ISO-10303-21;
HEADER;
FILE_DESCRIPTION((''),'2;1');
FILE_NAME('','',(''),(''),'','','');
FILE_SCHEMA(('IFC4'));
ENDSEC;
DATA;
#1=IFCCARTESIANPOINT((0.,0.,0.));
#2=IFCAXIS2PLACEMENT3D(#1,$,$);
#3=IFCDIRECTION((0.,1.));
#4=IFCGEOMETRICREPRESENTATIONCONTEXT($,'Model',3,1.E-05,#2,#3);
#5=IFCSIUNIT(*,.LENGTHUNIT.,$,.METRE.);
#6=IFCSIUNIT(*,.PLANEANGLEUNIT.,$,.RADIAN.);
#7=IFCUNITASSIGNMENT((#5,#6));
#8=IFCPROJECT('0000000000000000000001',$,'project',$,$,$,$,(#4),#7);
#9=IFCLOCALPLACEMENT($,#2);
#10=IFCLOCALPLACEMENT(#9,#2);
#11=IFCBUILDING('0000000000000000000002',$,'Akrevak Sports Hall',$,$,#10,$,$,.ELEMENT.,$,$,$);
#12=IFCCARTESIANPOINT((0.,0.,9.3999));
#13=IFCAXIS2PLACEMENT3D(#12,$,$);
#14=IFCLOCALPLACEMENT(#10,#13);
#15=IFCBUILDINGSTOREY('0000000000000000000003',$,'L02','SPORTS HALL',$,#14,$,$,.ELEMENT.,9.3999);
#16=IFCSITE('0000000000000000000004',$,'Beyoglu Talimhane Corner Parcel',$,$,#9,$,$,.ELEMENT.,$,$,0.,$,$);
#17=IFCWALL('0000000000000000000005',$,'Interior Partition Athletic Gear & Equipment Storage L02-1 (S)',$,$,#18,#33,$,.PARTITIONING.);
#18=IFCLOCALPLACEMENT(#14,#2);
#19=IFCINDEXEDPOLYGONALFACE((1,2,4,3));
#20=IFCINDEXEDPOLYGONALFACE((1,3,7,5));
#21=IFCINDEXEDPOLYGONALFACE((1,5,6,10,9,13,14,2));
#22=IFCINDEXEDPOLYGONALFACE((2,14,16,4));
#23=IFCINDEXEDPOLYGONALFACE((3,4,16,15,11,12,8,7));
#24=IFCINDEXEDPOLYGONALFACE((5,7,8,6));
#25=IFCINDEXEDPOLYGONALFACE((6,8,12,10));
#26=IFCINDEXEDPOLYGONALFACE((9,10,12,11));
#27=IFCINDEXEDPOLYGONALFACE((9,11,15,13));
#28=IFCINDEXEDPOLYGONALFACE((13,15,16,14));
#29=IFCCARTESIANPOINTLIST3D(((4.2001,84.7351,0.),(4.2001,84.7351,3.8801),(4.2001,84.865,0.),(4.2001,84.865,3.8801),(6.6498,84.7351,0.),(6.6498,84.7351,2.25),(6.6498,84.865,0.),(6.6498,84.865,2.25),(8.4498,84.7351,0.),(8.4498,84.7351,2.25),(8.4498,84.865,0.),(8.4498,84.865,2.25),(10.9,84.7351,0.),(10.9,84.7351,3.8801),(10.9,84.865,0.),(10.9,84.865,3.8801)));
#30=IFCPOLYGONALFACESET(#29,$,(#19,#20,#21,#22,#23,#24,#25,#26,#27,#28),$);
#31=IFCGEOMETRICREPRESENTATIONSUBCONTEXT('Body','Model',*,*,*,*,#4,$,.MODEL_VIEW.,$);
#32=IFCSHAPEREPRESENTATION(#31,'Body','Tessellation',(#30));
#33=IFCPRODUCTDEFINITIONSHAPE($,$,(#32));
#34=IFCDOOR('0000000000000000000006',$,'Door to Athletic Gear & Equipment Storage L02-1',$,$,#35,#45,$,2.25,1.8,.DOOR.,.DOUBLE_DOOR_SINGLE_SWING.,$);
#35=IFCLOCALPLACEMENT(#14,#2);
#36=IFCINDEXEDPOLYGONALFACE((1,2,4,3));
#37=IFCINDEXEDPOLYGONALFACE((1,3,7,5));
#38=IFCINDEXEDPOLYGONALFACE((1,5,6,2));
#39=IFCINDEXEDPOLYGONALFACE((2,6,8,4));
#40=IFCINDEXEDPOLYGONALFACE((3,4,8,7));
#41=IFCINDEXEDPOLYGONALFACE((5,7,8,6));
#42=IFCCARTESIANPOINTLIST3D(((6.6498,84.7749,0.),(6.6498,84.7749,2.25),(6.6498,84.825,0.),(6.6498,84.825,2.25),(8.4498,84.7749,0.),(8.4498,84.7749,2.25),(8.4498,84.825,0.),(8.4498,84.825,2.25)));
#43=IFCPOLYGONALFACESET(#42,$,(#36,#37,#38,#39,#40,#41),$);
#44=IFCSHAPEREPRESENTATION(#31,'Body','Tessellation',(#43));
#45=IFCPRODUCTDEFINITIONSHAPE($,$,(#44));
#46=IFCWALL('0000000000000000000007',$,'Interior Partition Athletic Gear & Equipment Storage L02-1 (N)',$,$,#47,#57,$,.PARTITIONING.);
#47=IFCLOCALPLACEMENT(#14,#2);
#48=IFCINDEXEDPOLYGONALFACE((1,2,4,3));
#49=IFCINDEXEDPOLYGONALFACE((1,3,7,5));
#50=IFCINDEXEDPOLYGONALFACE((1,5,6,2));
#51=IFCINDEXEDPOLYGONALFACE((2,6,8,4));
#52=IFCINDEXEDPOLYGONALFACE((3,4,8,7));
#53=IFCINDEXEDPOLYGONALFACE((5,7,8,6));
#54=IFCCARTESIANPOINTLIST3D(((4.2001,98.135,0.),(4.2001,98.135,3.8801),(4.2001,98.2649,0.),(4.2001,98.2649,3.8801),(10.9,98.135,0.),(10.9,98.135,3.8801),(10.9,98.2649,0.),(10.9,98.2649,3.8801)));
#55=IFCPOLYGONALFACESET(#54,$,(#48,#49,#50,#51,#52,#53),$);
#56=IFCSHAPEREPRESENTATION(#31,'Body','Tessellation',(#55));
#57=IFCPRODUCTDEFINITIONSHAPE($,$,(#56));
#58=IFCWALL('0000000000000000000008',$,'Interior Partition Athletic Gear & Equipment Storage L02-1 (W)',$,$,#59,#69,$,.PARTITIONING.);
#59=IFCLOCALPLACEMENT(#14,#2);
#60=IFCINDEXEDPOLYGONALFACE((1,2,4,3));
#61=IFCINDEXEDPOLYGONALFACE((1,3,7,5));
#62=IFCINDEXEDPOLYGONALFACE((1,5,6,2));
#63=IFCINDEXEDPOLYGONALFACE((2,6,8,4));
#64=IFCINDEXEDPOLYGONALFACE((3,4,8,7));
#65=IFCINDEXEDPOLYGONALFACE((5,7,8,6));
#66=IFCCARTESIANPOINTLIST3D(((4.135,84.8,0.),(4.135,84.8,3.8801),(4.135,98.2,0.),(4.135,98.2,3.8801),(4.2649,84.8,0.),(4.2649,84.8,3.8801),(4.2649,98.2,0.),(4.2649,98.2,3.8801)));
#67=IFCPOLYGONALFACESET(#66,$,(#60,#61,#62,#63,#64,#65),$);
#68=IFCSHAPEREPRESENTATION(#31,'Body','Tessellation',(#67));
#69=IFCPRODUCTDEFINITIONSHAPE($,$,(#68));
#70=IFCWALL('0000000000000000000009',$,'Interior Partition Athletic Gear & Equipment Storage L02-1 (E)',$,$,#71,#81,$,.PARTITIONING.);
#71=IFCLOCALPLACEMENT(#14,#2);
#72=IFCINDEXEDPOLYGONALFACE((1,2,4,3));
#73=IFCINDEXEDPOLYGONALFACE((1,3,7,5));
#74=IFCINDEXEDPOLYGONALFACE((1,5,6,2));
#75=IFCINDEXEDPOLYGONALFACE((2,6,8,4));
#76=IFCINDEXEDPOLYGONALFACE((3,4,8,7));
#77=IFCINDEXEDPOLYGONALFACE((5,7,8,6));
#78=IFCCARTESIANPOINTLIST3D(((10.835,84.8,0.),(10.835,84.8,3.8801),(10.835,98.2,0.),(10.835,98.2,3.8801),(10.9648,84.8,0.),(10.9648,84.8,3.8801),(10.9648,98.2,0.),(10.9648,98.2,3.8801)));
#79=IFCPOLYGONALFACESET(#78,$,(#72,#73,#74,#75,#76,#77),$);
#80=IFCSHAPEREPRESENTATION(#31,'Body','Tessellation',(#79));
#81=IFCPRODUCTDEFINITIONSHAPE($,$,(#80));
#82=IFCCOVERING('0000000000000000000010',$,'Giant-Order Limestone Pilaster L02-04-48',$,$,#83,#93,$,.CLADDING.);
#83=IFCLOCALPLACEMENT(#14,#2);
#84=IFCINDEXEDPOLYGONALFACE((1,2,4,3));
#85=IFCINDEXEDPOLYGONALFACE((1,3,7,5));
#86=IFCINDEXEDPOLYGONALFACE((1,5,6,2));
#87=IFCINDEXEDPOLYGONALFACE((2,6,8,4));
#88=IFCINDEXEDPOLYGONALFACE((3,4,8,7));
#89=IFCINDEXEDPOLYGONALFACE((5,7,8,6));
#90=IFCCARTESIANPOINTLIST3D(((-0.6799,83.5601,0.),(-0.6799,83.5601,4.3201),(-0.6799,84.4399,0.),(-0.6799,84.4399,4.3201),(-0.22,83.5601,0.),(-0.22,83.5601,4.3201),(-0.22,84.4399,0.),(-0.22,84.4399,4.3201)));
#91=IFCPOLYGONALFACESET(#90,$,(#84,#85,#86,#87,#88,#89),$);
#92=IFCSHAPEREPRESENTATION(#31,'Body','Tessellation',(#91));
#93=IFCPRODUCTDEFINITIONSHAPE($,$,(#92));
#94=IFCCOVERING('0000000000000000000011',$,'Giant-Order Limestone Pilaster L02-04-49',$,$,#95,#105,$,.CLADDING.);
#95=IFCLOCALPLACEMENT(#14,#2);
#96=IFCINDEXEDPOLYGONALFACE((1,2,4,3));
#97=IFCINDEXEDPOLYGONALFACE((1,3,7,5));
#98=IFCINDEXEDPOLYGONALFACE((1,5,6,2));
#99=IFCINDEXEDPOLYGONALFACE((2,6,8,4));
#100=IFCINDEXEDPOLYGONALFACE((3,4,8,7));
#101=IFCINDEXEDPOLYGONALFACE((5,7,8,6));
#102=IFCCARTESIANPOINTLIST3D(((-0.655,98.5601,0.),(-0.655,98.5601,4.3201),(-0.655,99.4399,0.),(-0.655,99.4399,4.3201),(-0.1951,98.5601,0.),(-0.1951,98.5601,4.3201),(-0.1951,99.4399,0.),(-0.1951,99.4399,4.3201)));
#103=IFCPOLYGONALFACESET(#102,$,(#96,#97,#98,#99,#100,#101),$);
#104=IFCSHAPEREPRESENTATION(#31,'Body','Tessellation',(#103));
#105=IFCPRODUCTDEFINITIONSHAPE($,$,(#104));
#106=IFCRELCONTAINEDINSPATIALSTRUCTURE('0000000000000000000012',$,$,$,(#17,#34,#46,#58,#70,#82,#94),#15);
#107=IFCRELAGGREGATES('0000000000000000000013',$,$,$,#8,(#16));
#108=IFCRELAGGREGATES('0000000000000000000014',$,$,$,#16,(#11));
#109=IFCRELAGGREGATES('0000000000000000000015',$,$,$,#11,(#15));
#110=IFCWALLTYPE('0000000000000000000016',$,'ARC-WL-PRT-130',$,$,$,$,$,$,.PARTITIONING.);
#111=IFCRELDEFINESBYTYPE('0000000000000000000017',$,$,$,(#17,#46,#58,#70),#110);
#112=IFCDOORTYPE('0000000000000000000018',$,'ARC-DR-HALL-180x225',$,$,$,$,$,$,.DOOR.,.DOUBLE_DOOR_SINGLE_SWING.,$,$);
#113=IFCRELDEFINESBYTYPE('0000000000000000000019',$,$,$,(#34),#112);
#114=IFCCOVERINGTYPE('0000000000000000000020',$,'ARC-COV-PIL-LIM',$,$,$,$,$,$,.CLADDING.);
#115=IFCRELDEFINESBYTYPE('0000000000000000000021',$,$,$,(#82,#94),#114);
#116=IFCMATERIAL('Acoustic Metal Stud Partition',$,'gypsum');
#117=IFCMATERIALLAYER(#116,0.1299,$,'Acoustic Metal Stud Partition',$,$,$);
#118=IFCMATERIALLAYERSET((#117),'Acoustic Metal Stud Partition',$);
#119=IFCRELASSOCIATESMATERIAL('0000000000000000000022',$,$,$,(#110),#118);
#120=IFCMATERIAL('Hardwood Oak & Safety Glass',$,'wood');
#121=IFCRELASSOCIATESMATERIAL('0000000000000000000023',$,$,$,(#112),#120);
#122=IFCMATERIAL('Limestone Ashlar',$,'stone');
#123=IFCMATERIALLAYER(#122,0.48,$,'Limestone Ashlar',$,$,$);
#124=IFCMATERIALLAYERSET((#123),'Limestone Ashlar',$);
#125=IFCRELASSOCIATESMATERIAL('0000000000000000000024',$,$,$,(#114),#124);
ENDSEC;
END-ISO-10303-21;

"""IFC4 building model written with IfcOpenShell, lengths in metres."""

from ifc_helpers import new_model, si_unit, direction, frame, frame_2d, origin, origin_2d, place, context, subcontext, project, spatial, rectangle, extrude, material, layer, layer_set, type_object, element, fill, save


model = new_model("IFC4")

# Units and contexts
model_context = context("Model", 3, precision=1e-05, world=origin(), true_north=direction((0.0, 1.0)))
body_context = subcontext(model_context, "Body", "Model", "MODEL_VIEW")
ifc_project = project(units=[si_unit("LENGTHUNIT", "METRE"), si_unit("PLANEANGLEUNIT", "RADIAN")], contexts=[model_context])

# Site, building, storey
site_placement = place(None, origin())
site = spatial("IfcSite", under=ifc_project, at=site_placement, Name="Beyoglu Talimhane Corner Parcel", CompositionType="ELEMENT", RefElevation=0.0)
building_placement = place(site_placement, origin())
building = spatial("IfcBuilding", under=site, at=building_placement, Name="Akrevak Sports Hall", CompositionType="ELEMENT")
storey_placement = place(building_placement, frame((0.0, 0.0, 9.3999)))
storey = spatial("IfcBuildingStorey", under=building, at=storey_placement, Name="L02", Description="SPORTS HALL", CompositionType="ELEMENT", Elevation=9.3999)

# Shared definitions
ifc_material_1 = material(Name="Limestone Ashlar", Category="stone")

# Wall, opening, door
ifc_material_2 = material(Name="Acoustic Metal Stud Partition", Category="gypsum")
ifc_layer_1 = layer(ifc_material_2, 0.1299, Name="Acoustic Metal Stud Partition")
ifc_layer_set_1 = layer_set([ifc_layer_1], Name="Acoustic Metal Stud Partition")
wall_type_1 = type_object("IfcWallType", Name="ARC-WL-PRT-130", PredefinedType="PARTITIONING", material=ifc_layer_set_1)
wall_1_placement = place(storey_placement, frame((4.2, 84.8, 0.0), z_axis=(0.0, 0.0, 1.0), x_axis=(1.0, 0.0, 0.0)))
wall_1 = element("IfcWall", 1, at=wall_1_placement, inside=storey, type_object=wall_type_1, Name="Interior Partition Athletic Gear & Equipment Storage L02-1 (S)", PredefinedType="PARTITIONING", context=body_context, shape_type="SweptSolid", body=[
    extrude(rectangle(XDim=6.7, YDim=0.1299, at=frame_2d((3.3501, 0.0))), origin(), (0.0, 0.0, 1.0), 3.8801),
])
opening_1_placement = place(wall_1_placement, frame((2.45, 0.0, 0.0)))
opening_1 = element("IfcOpeningElement", 2, at=opening_1_placement, cuts=wall_1, PredefinedType="OPENING", context=body_context, shape_type="SweptSolid", body=[
    extrude(rectangle(XDim=1.8, YDim=2.25, at=frame_2d((0.8999, 1.125))), frame((0.0, 0.0769, 0.0), z_axis=(0.0, -1.0, 0.0), x_axis=(1.0, 0.0, 0.0)), (0.0, 0.0, 1.0), 0.1538),
])
ifc_material_3 = material(Name="Hardwood Oak & Safety Glass", Category="wood")
door_type = type_object("IfcDoorType", Name="ARC-DR-HALL-180x225", OperationType="DOUBLE_DOOR_SINGLE_SWING", PredefinedType="DOOR", material=ifc_material_3)
door_placement = place(opening_1_placement, origin())
door = element("IfcDoor", 3, at=door_placement, inside=storey, type_object=door_type, Name="Door to Athletic Gear & Equipment Storage L02-1", OperationType="DOUBLE_DOOR_SINGLE_SWING", OverallHeight=2.25, OverallWidth=1.8, PredefinedType="DOOR", context=body_context, shape_type="SweptSolid", body=[
    extrude(rectangle(XDim=1.8, YDim=2.25, at=frame_2d((0.8999, 1.125))), frame((0.0, 0.0249, 0.0), z_axis=(0.0, -1.0, 0.0), x_axis=(1.0, 0.0, 0.0)), (0.0, 0.0, 1.0), 0.05),
])
fill(opening_1, door)

# Walls
wall_2_placement = place(storey_placement, frame((4.2, 98.2, 0.0), z_axis=(0.0, 0.0, 1.0), x_axis=(1.0, 0.0, 0.0)))
element("IfcWall", 4, at=wall_2_placement, inside=storey, type_object=wall_type_1, Name="Interior Partition Athletic Gear & Equipment Storage L02-1 (N)", PredefinedType="PARTITIONING", context=body_context, shape_type="SweptSolid", body=[
    extrude(rectangle(XDim=6.7, YDim=0.1299, at=frame_2d((3.3501, 0.0))), origin(), (0.0, 0.0, 1.0), 3.8801),
])
for number, where, z_axis, x_axis, name in (
    (5, (4.2, 84.8, 0.0), (0.0, 0.0, 1.0), (0.0, 1.0, 0.0), "Interior Partition Athletic Gear & Equipment Storage L02-1 (W)"),
    (6, (10.8999, 84.8, 0.0), (0.0, 0.0, 1.0), (0.0, 1.0, 0.0), "Interior Partition Athletic Gear & Equipment Storage L02-1 (E)"),
):
    element("IfcWall", number, at=place(storey_placement, frame(where, z_axis=z_axis, x_axis=x_axis)), inside=storey, type_object=wall_type_1, Name=name, PredefinedType="PARTITIONING", context=body_context, shape_type="SweptSolid", body=[
        extrude(rectangle(XDim=13.3999, YDim=0.1299, at=frame_2d((6.7, 0.0))), origin(), (0.0, 0.0, 1.0), 3.8801),
    ])

# Coverings
ifc_layer_2 = layer(ifc_material_1, 0.48, Name="Limestone Ashlar")
ifc_layer_set_2 = layer_set([ifc_layer_2], Name="Limestone Ashlar")
covering_type = type_object("IfcCoveringType", Name="ARC-COV-PIL-LIM", PredefinedType="CLADDING", material=ifc_layer_set_2)
for number, where, z_axis, x_axis, name in (
    (7, (-0.45, 84.0, 0.0), (0.0, 0.0, 1.0), (0.0, -1.0, 0.0), "Giant-Order Limestone Pilaster L02-04-48"),
    (8, (-0.425, 99.0, 0.0), (0.0, 0.0, 1.0), (0.0, -1.0, 0.0), "Giant-Order Limestone Pilaster L02-04-49"),
):
    element("IfcCovering", number, at=place(storey_placement, frame(where, z_axis=z_axis, x_axis=x_axis)), inside=storey, type_object=covering_type, Name=name, PredefinedType="CLADDING", context=body_context, shape_type="SweptSolid", body=[
        extrude(rectangle(XDim=0.8799, YDim=0.46, at=origin_2d()), origin(), (0.0, 0.0, 1.0), 4.3201),
    ])

save(model, "model.ifc")
